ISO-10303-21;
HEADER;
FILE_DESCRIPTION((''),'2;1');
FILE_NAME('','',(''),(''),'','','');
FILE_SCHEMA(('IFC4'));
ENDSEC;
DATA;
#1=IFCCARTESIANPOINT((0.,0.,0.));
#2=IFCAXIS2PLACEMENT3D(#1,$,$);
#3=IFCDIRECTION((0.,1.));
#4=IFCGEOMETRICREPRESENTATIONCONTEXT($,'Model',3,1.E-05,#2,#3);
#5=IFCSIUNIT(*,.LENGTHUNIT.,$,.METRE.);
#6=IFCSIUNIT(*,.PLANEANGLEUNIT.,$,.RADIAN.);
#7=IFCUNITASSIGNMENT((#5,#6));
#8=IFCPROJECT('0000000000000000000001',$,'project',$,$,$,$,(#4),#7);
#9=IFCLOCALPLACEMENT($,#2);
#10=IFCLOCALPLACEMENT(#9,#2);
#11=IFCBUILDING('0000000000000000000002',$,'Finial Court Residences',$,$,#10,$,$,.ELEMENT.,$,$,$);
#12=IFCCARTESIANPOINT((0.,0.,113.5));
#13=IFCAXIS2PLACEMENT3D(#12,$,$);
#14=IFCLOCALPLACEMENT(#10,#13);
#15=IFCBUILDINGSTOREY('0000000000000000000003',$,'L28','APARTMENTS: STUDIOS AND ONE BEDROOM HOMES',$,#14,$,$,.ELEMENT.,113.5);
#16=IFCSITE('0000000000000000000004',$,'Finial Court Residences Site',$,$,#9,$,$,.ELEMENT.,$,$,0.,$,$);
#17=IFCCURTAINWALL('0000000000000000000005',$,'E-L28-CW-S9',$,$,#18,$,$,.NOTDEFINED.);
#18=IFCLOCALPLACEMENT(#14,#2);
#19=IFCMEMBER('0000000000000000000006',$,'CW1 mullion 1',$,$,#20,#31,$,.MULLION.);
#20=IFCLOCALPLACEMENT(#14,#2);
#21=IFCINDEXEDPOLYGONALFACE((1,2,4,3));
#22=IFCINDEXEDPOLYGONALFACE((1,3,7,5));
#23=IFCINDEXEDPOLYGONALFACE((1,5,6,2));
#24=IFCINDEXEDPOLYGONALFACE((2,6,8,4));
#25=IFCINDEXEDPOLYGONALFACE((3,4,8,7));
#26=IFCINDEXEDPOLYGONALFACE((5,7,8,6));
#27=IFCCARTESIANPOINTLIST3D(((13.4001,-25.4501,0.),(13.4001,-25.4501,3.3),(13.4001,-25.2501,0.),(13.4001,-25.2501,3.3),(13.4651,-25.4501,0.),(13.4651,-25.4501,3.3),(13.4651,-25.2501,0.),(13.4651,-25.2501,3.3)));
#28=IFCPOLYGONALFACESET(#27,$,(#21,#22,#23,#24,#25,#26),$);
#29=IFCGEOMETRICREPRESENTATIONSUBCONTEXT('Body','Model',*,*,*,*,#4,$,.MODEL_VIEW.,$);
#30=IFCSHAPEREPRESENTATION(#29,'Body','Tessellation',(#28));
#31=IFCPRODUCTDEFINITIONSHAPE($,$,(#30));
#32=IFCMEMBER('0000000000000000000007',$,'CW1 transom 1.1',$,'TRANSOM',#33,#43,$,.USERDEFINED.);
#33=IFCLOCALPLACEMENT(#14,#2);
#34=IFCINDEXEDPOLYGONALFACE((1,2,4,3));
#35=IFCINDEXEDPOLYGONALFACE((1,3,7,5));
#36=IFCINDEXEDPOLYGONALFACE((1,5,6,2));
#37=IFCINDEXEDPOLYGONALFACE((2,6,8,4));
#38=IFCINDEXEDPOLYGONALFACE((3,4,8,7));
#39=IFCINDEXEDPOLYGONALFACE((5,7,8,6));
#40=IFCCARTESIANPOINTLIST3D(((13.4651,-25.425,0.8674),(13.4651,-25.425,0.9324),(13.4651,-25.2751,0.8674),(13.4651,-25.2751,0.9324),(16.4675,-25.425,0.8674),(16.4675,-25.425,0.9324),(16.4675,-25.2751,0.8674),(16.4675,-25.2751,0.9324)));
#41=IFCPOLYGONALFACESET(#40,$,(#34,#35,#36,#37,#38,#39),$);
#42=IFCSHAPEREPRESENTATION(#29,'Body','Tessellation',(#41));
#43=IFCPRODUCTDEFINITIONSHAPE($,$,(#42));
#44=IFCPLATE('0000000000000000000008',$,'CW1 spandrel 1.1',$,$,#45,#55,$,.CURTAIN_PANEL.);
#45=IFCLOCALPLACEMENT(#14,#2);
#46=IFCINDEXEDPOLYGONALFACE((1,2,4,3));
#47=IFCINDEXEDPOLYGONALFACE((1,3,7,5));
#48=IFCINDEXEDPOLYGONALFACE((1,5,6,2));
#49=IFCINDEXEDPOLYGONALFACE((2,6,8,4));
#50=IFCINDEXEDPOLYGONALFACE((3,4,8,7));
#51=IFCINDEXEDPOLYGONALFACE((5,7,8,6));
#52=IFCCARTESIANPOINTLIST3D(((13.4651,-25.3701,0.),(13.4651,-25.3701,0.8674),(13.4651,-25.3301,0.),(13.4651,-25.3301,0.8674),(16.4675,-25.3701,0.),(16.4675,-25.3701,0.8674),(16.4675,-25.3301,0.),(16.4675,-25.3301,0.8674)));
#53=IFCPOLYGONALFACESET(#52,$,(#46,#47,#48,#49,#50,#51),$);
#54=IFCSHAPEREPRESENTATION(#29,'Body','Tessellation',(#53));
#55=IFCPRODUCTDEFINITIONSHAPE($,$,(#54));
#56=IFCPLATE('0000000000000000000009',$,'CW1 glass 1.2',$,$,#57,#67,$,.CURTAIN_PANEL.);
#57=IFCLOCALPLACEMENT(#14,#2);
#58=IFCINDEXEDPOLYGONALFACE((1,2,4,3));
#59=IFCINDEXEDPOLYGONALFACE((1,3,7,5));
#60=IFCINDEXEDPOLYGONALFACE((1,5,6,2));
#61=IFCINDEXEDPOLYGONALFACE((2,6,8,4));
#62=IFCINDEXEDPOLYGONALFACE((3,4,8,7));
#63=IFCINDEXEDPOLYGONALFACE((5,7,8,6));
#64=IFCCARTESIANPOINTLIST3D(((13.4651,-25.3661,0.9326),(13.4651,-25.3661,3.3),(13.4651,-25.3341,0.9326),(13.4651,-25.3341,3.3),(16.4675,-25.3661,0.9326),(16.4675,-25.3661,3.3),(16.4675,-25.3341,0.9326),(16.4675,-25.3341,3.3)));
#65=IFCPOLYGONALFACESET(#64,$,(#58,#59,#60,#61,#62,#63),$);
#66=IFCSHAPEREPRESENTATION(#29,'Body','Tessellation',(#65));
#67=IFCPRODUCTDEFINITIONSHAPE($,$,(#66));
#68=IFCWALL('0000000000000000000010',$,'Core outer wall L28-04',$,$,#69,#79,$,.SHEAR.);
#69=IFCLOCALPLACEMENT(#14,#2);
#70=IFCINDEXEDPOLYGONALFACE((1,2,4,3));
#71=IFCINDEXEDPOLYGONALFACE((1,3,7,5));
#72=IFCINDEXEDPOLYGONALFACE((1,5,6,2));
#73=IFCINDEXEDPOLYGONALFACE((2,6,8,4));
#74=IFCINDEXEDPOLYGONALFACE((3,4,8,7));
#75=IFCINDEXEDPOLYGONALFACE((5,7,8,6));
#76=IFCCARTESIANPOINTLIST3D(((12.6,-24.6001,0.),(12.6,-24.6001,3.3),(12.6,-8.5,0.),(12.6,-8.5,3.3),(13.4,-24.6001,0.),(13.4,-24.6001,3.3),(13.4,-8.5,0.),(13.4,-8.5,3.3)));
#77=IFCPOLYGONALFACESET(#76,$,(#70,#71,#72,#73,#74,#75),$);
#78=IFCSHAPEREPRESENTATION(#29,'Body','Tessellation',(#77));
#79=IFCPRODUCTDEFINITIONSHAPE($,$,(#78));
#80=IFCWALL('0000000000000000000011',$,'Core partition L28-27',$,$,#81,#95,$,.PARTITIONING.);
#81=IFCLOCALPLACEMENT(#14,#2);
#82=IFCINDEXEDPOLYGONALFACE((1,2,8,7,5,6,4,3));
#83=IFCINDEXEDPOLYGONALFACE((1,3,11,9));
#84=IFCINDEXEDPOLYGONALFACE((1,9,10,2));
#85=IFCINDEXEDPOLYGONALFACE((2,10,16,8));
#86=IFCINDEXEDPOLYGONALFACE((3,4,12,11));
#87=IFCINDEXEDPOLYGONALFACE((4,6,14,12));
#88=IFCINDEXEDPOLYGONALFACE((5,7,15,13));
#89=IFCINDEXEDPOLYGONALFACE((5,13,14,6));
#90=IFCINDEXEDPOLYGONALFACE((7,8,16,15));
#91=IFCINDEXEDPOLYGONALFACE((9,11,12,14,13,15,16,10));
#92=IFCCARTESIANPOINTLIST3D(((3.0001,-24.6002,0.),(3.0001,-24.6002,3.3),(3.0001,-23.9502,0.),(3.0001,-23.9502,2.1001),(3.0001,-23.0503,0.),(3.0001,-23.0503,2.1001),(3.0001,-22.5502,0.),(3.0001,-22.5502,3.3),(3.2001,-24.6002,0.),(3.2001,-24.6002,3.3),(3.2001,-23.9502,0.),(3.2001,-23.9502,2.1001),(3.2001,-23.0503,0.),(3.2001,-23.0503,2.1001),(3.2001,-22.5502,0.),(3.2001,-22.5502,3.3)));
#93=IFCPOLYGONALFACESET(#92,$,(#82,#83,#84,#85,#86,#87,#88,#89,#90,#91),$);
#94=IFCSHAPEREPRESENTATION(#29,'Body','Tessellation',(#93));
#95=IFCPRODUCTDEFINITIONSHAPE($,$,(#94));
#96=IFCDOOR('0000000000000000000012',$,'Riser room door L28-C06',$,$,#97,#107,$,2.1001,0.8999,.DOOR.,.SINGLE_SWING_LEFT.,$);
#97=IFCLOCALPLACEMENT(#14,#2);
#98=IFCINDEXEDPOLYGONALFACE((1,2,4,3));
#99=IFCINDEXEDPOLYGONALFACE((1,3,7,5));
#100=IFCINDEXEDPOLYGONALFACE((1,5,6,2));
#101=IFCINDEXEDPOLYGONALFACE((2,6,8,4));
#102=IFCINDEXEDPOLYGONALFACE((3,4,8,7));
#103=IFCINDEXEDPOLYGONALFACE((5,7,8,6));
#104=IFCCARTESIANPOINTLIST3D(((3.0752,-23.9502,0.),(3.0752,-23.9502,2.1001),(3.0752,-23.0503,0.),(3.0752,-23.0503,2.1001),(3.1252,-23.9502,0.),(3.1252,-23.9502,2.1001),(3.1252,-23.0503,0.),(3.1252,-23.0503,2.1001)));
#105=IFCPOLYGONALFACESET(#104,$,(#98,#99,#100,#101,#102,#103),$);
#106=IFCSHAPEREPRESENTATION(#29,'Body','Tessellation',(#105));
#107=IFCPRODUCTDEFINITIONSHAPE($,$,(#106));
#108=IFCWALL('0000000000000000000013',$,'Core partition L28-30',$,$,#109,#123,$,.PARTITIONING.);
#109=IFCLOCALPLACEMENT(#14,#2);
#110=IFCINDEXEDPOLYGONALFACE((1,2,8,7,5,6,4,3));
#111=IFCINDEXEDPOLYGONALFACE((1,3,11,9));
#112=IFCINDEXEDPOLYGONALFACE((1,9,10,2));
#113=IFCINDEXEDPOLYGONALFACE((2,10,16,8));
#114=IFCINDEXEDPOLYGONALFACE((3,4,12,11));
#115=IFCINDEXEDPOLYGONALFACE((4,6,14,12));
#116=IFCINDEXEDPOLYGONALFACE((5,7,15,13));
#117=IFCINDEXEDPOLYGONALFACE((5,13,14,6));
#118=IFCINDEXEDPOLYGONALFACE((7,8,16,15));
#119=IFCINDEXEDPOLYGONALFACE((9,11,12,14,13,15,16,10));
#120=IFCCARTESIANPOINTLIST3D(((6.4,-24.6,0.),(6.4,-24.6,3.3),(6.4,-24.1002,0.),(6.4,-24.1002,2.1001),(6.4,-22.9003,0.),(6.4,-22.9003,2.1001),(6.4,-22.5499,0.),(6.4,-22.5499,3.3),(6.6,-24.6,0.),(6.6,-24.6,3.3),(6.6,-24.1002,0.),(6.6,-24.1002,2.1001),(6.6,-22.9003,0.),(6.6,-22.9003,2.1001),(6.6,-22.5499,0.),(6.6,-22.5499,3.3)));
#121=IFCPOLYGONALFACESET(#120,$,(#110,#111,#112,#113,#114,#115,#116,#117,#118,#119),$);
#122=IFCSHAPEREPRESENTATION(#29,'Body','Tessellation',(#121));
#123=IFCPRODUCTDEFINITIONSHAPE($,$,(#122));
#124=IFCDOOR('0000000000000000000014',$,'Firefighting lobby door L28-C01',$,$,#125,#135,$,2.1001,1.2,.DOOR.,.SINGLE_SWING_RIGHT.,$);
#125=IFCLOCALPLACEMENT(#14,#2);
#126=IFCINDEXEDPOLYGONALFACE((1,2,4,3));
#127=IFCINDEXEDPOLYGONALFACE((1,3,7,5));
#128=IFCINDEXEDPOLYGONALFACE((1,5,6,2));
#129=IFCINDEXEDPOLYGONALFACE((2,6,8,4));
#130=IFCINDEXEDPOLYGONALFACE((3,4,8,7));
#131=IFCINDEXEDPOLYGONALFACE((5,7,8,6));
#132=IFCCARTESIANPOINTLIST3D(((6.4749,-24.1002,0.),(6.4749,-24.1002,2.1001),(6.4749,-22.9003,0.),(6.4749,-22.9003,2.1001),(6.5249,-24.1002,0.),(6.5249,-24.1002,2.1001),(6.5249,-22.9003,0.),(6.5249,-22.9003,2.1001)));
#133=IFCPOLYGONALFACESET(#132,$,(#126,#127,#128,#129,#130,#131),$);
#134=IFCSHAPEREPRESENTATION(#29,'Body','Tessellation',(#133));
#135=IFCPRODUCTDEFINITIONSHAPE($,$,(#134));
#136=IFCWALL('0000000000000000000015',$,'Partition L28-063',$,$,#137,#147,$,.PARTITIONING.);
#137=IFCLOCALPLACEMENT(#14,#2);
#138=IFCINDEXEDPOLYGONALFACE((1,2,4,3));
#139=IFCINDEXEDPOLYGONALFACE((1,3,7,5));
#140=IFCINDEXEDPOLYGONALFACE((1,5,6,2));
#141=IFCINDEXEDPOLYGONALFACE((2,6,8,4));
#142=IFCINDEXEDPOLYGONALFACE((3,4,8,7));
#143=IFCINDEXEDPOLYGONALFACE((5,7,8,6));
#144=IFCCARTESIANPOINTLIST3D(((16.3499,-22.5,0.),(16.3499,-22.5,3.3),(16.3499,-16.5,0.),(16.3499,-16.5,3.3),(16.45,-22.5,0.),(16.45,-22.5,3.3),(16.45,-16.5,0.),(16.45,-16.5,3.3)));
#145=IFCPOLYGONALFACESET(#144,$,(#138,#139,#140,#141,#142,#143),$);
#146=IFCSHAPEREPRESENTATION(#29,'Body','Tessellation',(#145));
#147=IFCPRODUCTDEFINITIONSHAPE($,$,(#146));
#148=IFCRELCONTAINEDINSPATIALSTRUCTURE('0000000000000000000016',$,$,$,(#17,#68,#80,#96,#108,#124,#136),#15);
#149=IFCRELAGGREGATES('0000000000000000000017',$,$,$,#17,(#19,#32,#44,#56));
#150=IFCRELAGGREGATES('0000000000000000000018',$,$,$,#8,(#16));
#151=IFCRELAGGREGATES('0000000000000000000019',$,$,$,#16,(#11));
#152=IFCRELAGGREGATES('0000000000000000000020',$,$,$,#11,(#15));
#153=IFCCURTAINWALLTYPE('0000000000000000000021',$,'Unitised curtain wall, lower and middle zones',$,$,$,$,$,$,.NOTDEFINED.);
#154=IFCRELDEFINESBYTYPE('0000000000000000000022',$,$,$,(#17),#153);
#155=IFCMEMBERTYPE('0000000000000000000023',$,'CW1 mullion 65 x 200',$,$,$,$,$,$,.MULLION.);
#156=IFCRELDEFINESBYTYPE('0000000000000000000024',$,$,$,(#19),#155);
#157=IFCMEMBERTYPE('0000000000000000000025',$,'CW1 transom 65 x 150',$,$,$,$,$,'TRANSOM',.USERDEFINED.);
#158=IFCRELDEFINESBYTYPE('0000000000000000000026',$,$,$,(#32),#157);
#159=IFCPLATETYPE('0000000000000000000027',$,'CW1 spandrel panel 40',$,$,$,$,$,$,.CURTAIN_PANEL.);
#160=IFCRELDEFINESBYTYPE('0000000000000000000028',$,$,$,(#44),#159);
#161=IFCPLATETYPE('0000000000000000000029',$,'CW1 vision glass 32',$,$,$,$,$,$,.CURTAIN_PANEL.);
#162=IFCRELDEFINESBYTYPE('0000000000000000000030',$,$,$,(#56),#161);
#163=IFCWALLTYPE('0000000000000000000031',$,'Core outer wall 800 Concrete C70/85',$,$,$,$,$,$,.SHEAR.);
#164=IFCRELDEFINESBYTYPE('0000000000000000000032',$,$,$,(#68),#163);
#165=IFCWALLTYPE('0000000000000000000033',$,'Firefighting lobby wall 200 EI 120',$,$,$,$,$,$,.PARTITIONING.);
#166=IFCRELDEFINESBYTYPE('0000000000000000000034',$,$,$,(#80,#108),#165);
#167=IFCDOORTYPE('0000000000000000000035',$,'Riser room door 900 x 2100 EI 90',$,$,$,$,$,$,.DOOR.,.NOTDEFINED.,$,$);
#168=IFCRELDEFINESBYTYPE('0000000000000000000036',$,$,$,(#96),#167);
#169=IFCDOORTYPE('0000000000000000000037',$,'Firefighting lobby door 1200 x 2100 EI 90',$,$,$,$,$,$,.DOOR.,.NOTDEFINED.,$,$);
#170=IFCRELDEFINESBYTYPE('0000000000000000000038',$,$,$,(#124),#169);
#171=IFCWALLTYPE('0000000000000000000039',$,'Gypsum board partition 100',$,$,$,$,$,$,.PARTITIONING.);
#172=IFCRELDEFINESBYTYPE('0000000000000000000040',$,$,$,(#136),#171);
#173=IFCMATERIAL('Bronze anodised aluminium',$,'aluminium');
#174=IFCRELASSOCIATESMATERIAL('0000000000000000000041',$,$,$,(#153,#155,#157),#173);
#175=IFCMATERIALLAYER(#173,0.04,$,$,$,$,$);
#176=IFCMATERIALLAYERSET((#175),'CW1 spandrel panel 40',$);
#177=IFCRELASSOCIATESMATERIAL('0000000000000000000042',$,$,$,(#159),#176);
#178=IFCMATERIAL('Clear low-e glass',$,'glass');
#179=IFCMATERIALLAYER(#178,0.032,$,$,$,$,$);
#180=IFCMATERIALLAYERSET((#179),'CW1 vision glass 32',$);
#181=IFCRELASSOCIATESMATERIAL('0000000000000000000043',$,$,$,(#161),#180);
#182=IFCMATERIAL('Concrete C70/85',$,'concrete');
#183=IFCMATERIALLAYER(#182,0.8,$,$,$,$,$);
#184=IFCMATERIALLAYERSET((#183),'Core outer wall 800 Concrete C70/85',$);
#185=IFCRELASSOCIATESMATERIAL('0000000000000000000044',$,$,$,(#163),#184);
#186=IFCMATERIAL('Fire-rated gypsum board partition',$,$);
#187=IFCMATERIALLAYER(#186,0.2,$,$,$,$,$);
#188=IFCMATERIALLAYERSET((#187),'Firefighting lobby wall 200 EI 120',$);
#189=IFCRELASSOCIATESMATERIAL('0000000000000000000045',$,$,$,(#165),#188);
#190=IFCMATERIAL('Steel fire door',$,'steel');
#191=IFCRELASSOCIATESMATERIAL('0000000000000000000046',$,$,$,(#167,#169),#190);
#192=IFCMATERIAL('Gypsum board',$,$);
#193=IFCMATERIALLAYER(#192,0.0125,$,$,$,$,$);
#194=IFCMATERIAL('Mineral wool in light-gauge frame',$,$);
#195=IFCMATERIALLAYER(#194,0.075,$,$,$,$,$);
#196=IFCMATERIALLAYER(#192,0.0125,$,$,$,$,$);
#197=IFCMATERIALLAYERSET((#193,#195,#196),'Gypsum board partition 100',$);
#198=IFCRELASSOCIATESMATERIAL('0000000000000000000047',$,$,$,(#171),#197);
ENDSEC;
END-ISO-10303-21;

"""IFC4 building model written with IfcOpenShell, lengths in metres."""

from ifc_helpers import new_model, si_unit, direction, frame, frame_2d, origin, origin_2d, place, context, subcontext, project, spatial, rectangle, extrude, material, layer, layer_set, material_profile, profile_set, type_object, element, fill, aggregate, save


model = new_model("IFC4")

# Units and contexts
model_context = context("Model", 3, precision=1e-05, world=origin(), true_north=direction((0.0, 1.0)))
body_context = subcontext(model_context, "Body", "Model", "MODEL_VIEW")
ifc_project = project(units=[si_unit("LENGTHUNIT", "METRE"), si_unit("PLANEANGLEUNIT", "RADIAN")], contexts=[model_context])

# Site, building, storey
site_placement = place(None, origin())
site = spatial("IfcSite", under=ifc_project, at=site_placement, Name="Finial Court Residences Site", CompositionType="ELEMENT", RefElevation=0.0)
building_placement = place(site_placement, origin())
building = spatial("IfcBuilding", under=site, at=building_placement, Name="Finial Court Residences", CompositionType="ELEMENT")
storey_placement = place(building_placement, frame((0.0, 0.0, 113.5)))
storey = spatial("IfcBuildingStorey", under=building, at=storey_placement, Name="L28", Description="APARTMENTS: STUDIOS AND ONE BEDROOM HOMES", CompositionType="ELEMENT", Elevation=113.5)

# Curtain wall, members, plates
ifc_material_1 = material(Name="Bronze anodised aluminium", Category="aluminium")
curtain_wall_type = type_object("IfcCurtainWallType", Name="Unitised curtain wall, lower and middle zones", PredefinedType="NOTDEFINED", material=ifc_material_1)
curtain_wall_placement = place(storey_placement, origin())
curtain_wall = element("IfcCurtainWall", 1, at=curtain_wall_placement, inside=storey, type_object=curtain_wall_type, Name="E-L28-CW-S9", PredefinedType="NOTDEFINED")
ifc_material_profile_1 = material_profile(ifc_material_1, rectangle(XDim=0.2, YDim=0.0649, at=origin_2d()), Name="CW1 mullion 65 x 200")
ifc_profile_set_1 = profile_set([ifc_material_profile_1], Name="Bronze anodised aluminium")
member_type_1 = type_object("IfcMemberType", Name="CW1 mullion 65 x 200", PredefinedType="MULLION", material=ifc_profile_set_1)
member_1_placement = place(storey_placement, frame((13.4326, -25.3501, 0.0), z_axis=(0.0, 0.0, 1.0), x_axis=(0.0, 1.0, 0.0)))
member_1 = element("IfcMember", 2, at=member_1_placement, type_object=member_type_1, Name="CW1 mullion 1", PredefinedType="MULLION", context=body_context, shape_type="SweptSolid", body=[
    extrude(rectangle(XDim=0.2, YDim=0.0649, at=origin_2d()), origin(), (0.0, 0.0, 1.0), 3.3),
])
ifc_material_profile_2 = material_profile(ifc_material_1, rectangle(XDim=0.1499, YDim=0.0649, at=origin_2d()), Name="CW1 transom 65 x 150")
ifc_profile_set_2 = profile_set([ifc_material_profile_2], Name="Bronze anodised aluminium")
member_type_2 = type_object("IfcMemberType", Name="CW1 transom 65 x 150", ElementType="TRANSOM", PredefinedType="USERDEFINED", material=ifc_profile_set_2)
member_2_placement = place(storey_placement, frame((13.4651, -25.3501, 0.8999), z_axis=(1.0, 0.0, 0.0), x_axis=(0.0, 1.0, 0.0)))
member_2 = element("IfcMember", 3, at=member_2_placement, type_object=member_type_2, Name="CW1 transom 1.1", ObjectType="TRANSOM", PredefinedType="USERDEFINED", context=body_context, shape_type="SweptSolid", body=[
    extrude(rectangle(XDim=0.1499, YDim=0.0649, at=origin_2d()), origin(), (0.0, 0.0, 1.0), 3.0024),
])
ifc_layer_1 = layer(ifc_material_1, 0.04)
ifc_layer_set_1 = layer_set([ifc_layer_1], Name="CW1 spandrel panel 40")
plate_type_1 = type_object("IfcPlateType", Name="CW1 spandrel panel 40", PredefinedType="CURTAIN_PANEL", material=ifc_layer_set_1)
plate_1_placement = place(storey_placement, frame((14.9663, -25.3501, 0.0), z_axis=(0.0, 0.0, 1.0), x_axis=(1.0, 0.0, 0.0)))
plate_1 = element("IfcPlate", 4, at=plate_1_placement, type_object=plate_type_1, Name="CW1 spandrel 1.1", PredefinedType="CURTAIN_PANEL", context=body_context, shape_type="SweptSolid", body=[
    extrude(rectangle(XDim=3.0024, YDim=0.04, at=origin_2d()), origin(), (0.0, 0.0, 1.0), 0.8674),
])
ifc_material_2 = material(Name="Clear low-e glass", Category="glass")
ifc_layer_2 = layer(ifc_material_2, 0.032)
ifc_layer_set_2 = layer_set([ifc_layer_2], Name="CW1 vision glass 32")
plate_type_2 = type_object("IfcPlateType", Name="CW1 vision glass 32", PredefinedType="CURTAIN_PANEL", material=ifc_layer_set_2)
plate_2_placement = place(storey_placement, frame((14.9663, -25.3501, 0.9326), z_axis=(0.0, 0.0, 1.0), x_axis=(1.0, 0.0, 0.0)))
plate_2 = element("IfcPlate", 5, at=plate_2_placement, type_object=plate_type_2, Name="CW1 glass 1.2", PredefinedType="CURTAIN_PANEL", context=body_context, shape_type="SweptSolid", body=[
    extrude(rectangle(XDim=3.0024, YDim=0.032, at=origin_2d()), origin(), (0.0, 0.0, 1.0), 2.3674),
])
aggregate(curtain_wall, [member_1, member_2, plate_1, plate_2])

# Wall
ifc_material_3 = material(Name="Concrete C70/85", Category="concrete")
ifc_layer_3 = layer(ifc_material_3, 0.8)
ifc_layer_set_3 = layer_set([ifc_layer_3], Name="Core outer wall 800 Concrete C70/85")
wall_type_1 = type_object("IfcWallType", Name="Core outer wall 800 Concrete C70/85", PredefinedType="SHEAR", material=ifc_layer_set_3)
wall_1_placement = place(storey_placement, frame((13.0, -24.6001, 0.0), z_axis=(0.0, 0.0, 1.0), x_axis=(0.0, 1.0, 0.0)))
element("IfcWall", 6, at=wall_1_placement, inside=storey, type_object=wall_type_1, Name="Core outer wall L28-04", PredefinedType="SHEAR", context=body_context, shape_type="SweptSolid", body=[
    extrude(rectangle(XDim=16.1001, YDim=0.8, at=frame_2d((8.05, 0.0))), origin(), (0.0, 0.0, 1.0), 3.3),
])

# Walls, openings, doors
ifc_material_4 = material(Name="Fire-rated gypsum board partition")
ifc_layer_4 = layer(ifc_material_4, 0.2)
ifc_layer_set_4 = layer_set([ifc_layer_4], Name="Firefighting lobby wall 200 EI 120")
wall_type_2 = type_object("IfcWallType", Name="Firefighting lobby wall 200 EI 120", PredefinedType="PARTITIONING", material=ifc_layer_set_4)
wall_2_placement = place(storey_placement, frame((3.1001, -24.6001, 0.0), z_axis=(0.0, 0.0, 1.0), x_axis=(0.0, 1.0, 0.0)))
wall_2 = element("IfcWall", 7, at=wall_2_placement, inside=storey, type_object=wall_type_2, Name="Core partition L28-27", PredefinedType="PARTITIONING", context=body_context, shape_type="SweptSolid", body=[
    extrude(rectangle(XDim=2.05, YDim=0.2, at=frame_2d((1.0249, 0.0))), origin(), (0.0, 0.0, 1.0), 3.3),
])
opening_1_placement = place(wall_2_placement, frame((0.6499, 0.0, 0.0)))
opening_1 = element("IfcOpeningElement", 8, at=opening_1_placement, cuts=wall_2, PredefinedType="OPENING", context=body_context, shape_type="SweptSolid", body=[
    extrude(rectangle(XDim=0.8999, YDim=2.1001, at=frame_2d((0.45, 1.05))), frame((0.0, 0.1099, 0.0), z_axis=(0.0, -1.0, 0.0), x_axis=(1.0, 0.0, 0.0)), (0.0, 0.0, 1.0), 0.22),
])
ifc_material_5 = material(Name="Steel fire door", Category="steel")
door_type_1 = type_object("IfcDoorType", Name="Riser room door 900 x 2100 EI 90", OperationType="NOTDEFINED", PredefinedType="DOOR", material=ifc_material_5)
door_1_placement = place(opening_1_placement, origin())
door_1 = element("IfcDoor", 9, at=door_1_placement, inside=storey, type_object=door_type_1, Name="Riser room door L28-C06", OperationType="SINGLE_SWING_LEFT", OverallHeight=2.1001, OverallWidth=0.8999, PredefinedType="DOOR", context=body_context, shape_type="SweptSolid", body=[
    extrude(rectangle(XDim=0.8999, YDim=2.1001, at=frame_2d((0.45, 1.05))), frame((0.0, 0.0249, 0.0), z_axis=(0.0, -1.0, 0.0), x_axis=(1.0, 0.0, 0.0)), (0.0, 0.0, 1.0), 0.05),
])
fill(opening_1, door_1)
wall_3_placement = place(storey_placement, frame((6.5, -22.55, 0.0), z_axis=(0.0, 0.0, 1.0), x_axis=(0.0, -1.0, 0.0)))
wall_3 = element("IfcWall", 10, at=wall_3_placement, inside=storey, type_object=wall_type_2, Name="Core partition L28-30", PredefinedType="PARTITIONING", context=body_context, shape_type="SweptSolid", body=[
    extrude(rectangle(XDim=2.05, YDim=0.2, at=frame_2d((1.0249, 0.0))), origin(), (0.0, 0.0, 1.0), 3.3),
])
opening_2_placement = place(wall_3_placement, frame((0.3501, 0.0, 0.0)))
opening_2 = element("IfcOpeningElement", 11, at=opening_2_placement, cuts=wall_3, PredefinedType="OPENING", context=body_context, shape_type="SweptSolid", body=[
    extrude(rectangle(XDim=1.2, YDim=2.1001, at=frame_2d((0.6001, 1.05))), frame((0.0, 0.1099, 0.0), z_axis=(0.0, -1.0, 0.0), x_axis=(1.0, 0.0, 0.0)), (0.0, 0.0, 1.0), 0.22),
])
door_type_2 = type_object("IfcDoorType", Name="Firefighting lobby door 1200 x 2100 EI 90", OperationType="NOTDEFINED", PredefinedType="DOOR", material=ifc_material_5)
door_2_placement = place(opening_2_placement, origin())
door_2 = element("IfcDoor", 12, at=door_2_placement, inside=storey, type_object=door_type_2, Name="Firefighting lobby door L28-C01", OperationType="SINGLE_SWING_RIGHT", OverallHeight=2.1001, OverallWidth=1.2, PredefinedType="DOOR", context=body_context, shape_type="SweptSolid", body=[
    extrude(rectangle(XDim=1.2, YDim=2.1001, at=frame_2d((0.6001, 1.05))), frame((0.0, 0.0249, 0.0), z_axis=(0.0, -1.0, 0.0), x_axis=(1.0, 0.0, 0.0)), (0.0, 0.0, 1.0), 0.05),
])
fill(opening_2, door_2)

# Wall
ifc_material_6 = material(Name="Gypsum board")
ifc_layer_5 = layer(ifc_material_6, 0.0125)
ifc_material_7 = material(Name="Mineral wool in light-gauge frame")
ifc_layer_6 = layer(ifc_material_7, 0.075)
ifc_layer_7 = layer(ifc_material_6, 0.0125)
ifc_layer_set_5 = layer_set([ifc_layer_5, ifc_layer_6, ifc_layer_7], Name="Gypsum board partition 100")
wall_type_3 = type_object("IfcWallType", Name="Gypsum board partition 100", PredefinedType="PARTITIONING", material=ifc_layer_set_5)
wall_4_placement = place(storey_placement, frame((16.3999, -22.5, 0.0), z_axis=(0.0, 0.0, 1.0), x_axis=(0.0, 1.0, 0.0)))
element("IfcWall", 13, at=wall_4_placement, inside=storey, type_object=wall_type_3, Name="Partition L28-063", PredefinedType="PARTITIONING", context=body_context, shape_type="SweptSolid", body=[
    extrude(rectangle(XDim=6.0, YDim=0.1001, at=frame_2d((3.0, 0.0))), origin(), (0.0, 0.0, 1.0), 3.3),
])

save(model, "model.ifc")
